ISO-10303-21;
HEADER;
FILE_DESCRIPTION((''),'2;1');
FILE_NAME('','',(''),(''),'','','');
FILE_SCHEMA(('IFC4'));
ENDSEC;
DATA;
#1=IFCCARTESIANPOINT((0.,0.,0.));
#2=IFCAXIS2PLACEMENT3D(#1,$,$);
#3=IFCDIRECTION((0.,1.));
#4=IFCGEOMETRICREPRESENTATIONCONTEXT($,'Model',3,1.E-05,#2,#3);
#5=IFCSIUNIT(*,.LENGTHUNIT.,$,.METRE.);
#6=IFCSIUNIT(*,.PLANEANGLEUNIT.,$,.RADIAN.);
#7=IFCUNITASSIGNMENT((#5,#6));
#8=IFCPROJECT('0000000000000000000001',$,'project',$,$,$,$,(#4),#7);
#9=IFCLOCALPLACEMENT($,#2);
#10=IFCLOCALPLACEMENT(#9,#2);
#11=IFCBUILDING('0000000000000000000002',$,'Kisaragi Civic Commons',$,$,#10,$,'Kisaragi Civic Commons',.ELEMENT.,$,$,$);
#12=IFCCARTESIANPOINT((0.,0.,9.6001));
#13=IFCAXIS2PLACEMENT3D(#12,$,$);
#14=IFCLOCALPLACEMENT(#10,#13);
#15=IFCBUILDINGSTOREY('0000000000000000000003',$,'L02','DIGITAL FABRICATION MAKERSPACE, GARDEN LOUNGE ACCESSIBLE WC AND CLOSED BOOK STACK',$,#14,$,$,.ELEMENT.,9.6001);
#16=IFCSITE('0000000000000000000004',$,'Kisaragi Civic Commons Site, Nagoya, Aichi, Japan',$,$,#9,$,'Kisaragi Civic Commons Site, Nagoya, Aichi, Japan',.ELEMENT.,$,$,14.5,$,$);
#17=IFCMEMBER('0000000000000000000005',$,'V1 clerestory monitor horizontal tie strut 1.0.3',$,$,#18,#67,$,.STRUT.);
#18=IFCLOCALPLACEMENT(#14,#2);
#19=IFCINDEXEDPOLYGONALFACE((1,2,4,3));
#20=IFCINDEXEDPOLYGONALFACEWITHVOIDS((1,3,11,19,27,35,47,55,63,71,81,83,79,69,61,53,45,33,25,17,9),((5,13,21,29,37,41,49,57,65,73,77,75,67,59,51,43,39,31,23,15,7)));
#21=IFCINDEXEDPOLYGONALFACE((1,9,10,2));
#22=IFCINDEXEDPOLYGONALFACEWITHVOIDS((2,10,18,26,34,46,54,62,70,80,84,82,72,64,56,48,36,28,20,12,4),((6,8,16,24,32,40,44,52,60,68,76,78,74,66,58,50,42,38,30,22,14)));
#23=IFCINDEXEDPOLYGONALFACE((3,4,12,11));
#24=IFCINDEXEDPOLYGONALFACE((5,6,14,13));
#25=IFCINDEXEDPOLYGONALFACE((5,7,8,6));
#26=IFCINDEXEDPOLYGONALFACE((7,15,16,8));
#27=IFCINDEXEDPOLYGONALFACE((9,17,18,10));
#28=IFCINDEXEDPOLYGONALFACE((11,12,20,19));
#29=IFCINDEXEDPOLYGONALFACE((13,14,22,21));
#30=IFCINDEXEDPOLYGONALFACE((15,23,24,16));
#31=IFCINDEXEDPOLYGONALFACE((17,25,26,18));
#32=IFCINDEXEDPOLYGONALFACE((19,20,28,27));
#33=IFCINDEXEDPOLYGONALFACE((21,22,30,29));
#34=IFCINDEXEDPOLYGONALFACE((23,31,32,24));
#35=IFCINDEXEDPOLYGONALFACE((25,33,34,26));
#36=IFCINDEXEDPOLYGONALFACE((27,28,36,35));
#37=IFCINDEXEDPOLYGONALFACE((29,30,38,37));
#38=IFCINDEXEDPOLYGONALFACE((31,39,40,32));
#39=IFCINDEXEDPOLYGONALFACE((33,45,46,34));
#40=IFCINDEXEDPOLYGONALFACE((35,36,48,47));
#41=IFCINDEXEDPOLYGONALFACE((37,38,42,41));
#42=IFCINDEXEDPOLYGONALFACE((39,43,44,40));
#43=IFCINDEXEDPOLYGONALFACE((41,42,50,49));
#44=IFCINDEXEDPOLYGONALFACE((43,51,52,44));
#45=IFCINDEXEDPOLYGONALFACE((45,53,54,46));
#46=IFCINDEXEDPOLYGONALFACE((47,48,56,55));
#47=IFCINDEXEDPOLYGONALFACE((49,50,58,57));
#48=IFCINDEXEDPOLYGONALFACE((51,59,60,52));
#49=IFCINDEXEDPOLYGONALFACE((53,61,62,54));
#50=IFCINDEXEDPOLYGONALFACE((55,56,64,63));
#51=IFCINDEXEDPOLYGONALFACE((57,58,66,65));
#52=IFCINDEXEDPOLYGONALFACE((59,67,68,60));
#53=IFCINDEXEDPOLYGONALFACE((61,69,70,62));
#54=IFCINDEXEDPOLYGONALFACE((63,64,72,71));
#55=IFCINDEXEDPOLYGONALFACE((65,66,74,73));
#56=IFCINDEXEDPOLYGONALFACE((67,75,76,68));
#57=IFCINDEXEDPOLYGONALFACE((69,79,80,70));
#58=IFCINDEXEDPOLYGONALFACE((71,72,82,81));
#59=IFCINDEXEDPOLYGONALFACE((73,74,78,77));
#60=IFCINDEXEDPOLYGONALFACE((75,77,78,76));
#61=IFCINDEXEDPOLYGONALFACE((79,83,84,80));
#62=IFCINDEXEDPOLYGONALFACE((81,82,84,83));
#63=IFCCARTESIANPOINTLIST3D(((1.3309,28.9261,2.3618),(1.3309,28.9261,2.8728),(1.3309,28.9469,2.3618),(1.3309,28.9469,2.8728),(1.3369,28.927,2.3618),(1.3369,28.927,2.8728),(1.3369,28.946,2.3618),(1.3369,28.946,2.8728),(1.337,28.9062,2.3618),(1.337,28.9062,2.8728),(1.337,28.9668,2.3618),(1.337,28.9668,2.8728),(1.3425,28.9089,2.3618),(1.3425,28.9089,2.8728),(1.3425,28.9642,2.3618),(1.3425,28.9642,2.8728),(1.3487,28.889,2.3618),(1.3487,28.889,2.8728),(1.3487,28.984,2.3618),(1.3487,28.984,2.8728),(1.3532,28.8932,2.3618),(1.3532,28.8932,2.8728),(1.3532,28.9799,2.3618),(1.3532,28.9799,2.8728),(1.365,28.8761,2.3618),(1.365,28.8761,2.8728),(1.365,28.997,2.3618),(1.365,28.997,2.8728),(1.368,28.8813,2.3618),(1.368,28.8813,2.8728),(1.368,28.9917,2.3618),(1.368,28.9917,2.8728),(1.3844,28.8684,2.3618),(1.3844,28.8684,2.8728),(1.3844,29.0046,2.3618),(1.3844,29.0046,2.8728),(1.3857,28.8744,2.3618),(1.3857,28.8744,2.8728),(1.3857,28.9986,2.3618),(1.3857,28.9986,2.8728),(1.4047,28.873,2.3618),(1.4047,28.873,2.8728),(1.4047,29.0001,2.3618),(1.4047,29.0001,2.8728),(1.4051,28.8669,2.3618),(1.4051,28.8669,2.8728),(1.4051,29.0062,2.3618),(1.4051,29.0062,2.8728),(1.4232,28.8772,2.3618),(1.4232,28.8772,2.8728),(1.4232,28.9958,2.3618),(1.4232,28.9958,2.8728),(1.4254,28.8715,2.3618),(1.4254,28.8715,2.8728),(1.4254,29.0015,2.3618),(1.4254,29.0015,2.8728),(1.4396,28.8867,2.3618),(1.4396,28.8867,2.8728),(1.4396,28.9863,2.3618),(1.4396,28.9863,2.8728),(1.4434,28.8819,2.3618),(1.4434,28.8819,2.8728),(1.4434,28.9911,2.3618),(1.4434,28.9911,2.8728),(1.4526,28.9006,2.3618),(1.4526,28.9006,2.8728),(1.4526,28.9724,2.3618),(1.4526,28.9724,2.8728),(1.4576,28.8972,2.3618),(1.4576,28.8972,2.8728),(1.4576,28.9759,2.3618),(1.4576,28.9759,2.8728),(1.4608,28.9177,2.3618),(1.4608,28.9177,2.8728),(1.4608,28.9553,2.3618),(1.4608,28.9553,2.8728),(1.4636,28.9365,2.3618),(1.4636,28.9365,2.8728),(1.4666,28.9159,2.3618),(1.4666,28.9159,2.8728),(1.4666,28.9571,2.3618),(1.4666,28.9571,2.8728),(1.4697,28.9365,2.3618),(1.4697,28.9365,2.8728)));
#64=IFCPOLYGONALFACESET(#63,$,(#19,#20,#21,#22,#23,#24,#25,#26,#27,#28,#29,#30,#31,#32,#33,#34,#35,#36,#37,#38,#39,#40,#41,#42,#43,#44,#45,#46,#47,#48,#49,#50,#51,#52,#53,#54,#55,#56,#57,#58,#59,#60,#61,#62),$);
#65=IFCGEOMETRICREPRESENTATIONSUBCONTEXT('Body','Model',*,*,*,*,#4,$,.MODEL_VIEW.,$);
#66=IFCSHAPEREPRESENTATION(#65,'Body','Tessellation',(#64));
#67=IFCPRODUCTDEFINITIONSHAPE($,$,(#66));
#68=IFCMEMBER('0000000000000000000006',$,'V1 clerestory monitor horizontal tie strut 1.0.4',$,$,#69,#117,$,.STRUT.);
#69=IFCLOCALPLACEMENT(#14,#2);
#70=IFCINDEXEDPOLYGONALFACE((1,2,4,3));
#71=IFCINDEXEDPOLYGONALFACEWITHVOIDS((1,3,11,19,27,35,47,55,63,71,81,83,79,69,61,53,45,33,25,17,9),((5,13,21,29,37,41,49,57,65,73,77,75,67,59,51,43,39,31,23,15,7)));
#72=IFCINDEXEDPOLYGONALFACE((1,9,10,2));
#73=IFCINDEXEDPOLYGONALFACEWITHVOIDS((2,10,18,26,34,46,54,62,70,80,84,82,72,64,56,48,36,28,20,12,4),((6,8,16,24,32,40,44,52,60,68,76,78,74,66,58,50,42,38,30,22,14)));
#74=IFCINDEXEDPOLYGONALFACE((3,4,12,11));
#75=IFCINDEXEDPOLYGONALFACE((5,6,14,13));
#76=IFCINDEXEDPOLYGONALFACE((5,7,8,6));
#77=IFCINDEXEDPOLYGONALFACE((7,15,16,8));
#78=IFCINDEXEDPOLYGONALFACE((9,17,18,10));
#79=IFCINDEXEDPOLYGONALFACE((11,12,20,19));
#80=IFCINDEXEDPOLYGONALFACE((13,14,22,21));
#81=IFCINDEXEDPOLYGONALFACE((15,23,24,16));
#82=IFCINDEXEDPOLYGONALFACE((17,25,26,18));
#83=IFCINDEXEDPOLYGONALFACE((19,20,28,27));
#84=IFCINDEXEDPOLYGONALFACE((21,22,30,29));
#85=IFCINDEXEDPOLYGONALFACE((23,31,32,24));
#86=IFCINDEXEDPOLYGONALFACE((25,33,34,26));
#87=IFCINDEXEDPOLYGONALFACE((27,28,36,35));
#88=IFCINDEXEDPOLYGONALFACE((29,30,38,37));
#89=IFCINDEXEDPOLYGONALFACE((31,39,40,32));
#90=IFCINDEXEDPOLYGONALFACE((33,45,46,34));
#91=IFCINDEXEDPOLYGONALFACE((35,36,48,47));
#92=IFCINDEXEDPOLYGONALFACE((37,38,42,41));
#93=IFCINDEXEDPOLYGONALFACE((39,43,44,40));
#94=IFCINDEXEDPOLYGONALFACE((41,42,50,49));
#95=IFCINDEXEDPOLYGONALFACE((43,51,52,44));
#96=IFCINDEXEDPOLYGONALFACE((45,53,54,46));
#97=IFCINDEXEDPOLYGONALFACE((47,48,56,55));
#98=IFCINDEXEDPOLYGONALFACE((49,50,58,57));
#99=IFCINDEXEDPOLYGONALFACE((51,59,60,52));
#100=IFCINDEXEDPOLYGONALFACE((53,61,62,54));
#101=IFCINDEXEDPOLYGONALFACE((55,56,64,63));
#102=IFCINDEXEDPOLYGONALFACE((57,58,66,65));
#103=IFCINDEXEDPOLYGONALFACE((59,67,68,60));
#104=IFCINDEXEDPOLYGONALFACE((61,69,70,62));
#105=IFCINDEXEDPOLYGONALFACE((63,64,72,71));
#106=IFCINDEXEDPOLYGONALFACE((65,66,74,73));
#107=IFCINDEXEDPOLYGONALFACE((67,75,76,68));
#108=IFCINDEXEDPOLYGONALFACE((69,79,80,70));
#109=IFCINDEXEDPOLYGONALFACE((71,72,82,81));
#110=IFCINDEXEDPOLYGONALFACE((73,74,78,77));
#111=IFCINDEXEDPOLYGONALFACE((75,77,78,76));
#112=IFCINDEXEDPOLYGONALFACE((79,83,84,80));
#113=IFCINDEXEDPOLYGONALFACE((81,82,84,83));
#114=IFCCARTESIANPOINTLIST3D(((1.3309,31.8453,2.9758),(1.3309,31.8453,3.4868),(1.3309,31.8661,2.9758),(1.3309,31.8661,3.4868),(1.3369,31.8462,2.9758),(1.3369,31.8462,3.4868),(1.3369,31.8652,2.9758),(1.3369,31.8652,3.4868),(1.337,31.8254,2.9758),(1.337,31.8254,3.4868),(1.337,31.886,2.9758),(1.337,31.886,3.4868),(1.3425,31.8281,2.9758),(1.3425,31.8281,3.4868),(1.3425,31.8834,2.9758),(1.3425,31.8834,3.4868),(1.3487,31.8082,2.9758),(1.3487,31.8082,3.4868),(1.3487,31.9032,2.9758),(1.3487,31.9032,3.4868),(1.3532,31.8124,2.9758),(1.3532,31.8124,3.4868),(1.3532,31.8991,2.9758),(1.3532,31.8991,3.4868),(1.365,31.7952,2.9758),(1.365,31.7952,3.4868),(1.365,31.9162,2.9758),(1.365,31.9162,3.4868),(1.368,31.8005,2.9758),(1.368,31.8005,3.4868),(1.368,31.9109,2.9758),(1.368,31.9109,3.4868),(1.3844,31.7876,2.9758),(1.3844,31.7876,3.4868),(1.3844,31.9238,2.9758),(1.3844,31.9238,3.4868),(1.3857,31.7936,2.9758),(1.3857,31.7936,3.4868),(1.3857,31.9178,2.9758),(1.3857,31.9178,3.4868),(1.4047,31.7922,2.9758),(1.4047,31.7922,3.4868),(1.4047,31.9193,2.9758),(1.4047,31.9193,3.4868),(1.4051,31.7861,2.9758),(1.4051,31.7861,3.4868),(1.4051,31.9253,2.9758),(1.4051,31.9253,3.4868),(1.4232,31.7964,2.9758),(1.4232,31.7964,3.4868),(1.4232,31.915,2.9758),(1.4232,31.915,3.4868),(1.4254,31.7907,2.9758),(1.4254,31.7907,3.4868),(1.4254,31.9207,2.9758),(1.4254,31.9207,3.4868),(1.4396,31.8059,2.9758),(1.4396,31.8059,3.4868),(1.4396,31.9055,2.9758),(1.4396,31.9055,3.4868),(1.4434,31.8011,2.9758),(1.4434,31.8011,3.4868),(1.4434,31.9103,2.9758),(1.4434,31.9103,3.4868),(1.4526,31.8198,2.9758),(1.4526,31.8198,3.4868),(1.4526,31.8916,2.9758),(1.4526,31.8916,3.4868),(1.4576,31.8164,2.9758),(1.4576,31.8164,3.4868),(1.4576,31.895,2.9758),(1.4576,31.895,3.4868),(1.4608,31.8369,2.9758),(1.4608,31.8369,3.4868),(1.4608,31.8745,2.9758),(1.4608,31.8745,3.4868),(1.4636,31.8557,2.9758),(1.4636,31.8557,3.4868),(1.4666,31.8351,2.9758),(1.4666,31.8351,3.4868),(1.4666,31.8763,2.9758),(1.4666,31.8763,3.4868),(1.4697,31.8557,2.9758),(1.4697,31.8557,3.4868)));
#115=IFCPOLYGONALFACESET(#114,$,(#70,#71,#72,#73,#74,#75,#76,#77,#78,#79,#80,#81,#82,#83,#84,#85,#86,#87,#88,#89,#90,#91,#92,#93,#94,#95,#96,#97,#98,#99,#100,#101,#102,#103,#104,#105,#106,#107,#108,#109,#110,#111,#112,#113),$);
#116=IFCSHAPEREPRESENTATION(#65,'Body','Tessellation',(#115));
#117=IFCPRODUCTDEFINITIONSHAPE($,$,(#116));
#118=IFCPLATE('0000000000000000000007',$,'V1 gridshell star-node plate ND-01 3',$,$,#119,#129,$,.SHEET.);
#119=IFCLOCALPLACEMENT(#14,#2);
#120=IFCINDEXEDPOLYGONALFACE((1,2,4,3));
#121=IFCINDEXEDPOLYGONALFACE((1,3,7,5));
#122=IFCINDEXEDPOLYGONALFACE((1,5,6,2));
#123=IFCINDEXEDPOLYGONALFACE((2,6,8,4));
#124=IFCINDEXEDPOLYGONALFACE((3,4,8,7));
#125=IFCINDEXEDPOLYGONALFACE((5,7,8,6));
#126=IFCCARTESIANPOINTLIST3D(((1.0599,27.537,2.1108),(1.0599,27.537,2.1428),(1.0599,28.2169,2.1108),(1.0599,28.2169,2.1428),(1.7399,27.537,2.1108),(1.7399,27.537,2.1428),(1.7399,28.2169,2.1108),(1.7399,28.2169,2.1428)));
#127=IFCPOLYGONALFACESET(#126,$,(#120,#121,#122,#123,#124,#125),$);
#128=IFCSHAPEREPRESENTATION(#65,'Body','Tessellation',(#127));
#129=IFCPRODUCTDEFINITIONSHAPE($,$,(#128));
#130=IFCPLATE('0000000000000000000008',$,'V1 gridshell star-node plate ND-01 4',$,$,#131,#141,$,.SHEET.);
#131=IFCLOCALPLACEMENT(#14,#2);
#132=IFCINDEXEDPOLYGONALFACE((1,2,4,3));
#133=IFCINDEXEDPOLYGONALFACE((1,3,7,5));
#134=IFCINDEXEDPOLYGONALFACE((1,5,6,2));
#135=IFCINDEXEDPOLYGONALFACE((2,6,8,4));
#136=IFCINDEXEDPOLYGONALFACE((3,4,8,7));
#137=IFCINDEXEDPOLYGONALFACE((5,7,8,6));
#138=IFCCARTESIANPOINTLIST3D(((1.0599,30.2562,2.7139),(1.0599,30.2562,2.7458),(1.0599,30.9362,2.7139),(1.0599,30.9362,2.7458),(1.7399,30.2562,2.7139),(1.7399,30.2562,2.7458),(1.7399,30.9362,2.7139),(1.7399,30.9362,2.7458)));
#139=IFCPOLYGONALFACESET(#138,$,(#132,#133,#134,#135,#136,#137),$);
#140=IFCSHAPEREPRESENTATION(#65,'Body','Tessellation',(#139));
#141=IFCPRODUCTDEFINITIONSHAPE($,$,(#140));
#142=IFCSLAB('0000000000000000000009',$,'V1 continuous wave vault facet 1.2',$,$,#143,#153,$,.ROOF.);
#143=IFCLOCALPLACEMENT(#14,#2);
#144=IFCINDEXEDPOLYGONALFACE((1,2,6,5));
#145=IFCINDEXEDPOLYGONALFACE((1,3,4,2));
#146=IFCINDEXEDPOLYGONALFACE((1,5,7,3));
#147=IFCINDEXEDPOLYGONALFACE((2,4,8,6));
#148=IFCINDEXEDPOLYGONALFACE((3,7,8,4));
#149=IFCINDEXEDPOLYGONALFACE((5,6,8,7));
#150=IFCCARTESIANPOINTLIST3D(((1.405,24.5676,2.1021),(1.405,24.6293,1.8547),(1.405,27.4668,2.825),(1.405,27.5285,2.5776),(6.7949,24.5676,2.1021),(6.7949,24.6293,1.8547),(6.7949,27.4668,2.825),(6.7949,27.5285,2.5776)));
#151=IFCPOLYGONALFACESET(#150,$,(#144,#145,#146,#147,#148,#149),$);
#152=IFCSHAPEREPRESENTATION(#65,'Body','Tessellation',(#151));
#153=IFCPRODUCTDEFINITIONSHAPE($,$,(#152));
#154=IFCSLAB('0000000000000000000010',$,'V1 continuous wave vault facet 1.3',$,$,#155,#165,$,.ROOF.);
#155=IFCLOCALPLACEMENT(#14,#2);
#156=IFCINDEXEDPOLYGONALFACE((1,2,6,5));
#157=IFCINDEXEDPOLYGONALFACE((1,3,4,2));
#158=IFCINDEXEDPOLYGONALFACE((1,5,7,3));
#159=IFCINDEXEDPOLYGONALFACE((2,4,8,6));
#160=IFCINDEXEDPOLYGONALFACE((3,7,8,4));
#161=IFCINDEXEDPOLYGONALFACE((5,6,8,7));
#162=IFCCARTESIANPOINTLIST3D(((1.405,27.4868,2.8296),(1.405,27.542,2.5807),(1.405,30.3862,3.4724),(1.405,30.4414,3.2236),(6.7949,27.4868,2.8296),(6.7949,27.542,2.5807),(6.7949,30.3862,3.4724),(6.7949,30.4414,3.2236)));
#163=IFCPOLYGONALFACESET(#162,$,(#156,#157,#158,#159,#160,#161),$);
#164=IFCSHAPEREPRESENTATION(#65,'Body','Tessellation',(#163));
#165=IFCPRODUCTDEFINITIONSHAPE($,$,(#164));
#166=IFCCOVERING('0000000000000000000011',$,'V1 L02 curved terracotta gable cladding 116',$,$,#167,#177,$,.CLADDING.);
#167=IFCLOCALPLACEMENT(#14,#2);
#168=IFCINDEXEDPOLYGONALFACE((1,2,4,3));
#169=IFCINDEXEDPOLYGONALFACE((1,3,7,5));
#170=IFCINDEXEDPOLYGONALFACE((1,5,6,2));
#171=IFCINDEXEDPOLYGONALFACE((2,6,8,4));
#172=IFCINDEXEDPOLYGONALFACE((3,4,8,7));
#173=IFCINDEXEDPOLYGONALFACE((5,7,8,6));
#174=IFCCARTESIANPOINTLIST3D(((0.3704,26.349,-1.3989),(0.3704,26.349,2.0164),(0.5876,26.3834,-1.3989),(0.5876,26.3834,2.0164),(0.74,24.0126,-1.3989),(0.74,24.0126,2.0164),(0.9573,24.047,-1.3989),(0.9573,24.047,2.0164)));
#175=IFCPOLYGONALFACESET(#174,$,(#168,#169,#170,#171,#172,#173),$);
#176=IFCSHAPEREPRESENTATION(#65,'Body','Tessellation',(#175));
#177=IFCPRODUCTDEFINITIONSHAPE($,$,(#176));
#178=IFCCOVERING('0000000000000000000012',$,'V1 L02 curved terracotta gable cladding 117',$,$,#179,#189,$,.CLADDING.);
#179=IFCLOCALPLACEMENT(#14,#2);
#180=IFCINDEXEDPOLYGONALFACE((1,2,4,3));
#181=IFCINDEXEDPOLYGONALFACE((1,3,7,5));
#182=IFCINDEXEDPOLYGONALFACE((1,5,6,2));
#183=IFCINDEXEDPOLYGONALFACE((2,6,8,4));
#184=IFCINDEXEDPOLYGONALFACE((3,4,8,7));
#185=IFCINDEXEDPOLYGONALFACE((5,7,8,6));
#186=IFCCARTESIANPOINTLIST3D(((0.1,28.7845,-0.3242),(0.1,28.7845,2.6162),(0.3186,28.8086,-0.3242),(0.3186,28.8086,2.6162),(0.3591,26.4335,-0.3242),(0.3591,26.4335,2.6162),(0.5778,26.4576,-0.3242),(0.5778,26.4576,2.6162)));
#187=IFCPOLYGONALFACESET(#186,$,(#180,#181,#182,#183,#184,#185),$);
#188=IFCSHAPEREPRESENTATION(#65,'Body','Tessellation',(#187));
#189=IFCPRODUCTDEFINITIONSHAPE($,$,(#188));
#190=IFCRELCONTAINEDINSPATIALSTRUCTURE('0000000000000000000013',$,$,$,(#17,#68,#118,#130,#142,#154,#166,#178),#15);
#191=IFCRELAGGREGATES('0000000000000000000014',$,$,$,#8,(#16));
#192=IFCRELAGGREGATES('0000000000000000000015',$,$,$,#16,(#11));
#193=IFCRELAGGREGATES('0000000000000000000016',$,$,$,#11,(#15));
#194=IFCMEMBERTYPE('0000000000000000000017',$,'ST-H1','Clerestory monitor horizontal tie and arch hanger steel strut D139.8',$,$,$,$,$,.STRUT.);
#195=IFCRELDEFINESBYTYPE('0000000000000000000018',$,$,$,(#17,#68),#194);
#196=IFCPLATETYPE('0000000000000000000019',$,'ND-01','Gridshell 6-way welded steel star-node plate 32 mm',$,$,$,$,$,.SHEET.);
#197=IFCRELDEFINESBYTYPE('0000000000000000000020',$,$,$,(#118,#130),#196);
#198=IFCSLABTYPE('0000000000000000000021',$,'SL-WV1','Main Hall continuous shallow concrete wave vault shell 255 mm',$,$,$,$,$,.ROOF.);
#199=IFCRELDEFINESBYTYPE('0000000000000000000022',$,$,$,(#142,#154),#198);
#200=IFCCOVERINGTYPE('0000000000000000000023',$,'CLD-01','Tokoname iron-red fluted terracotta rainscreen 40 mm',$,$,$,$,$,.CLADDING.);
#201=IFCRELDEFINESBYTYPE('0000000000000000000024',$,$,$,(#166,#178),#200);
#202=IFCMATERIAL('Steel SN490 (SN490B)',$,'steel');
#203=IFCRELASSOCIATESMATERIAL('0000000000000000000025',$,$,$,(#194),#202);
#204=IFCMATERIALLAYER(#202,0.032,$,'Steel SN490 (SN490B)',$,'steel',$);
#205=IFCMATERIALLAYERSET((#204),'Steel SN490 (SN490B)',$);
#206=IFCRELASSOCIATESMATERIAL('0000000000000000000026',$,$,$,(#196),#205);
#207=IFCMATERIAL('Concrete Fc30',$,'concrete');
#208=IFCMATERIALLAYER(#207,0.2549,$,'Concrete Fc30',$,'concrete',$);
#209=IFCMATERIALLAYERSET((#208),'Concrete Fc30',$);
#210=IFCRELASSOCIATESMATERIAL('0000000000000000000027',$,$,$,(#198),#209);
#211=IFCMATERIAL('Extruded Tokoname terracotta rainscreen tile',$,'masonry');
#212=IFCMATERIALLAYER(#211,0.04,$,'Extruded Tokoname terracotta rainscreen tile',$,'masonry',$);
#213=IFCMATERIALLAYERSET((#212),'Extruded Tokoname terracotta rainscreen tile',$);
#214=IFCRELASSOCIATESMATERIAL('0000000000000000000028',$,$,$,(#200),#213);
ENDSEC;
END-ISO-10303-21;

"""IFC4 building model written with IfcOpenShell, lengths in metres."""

from ifc_helpers import new_model, si_unit, direction, frame, origin, origin_2d, place, context, subcontext, project, spatial, polyline, rectangle, hollow_circle, outline, extrude, material, layer, layer_set, material_profile, profile_set, type_object, element, save


model = new_model("IFC4")

# Units and contexts
model_context = context("Model", 3, precision=1e-05, world=origin(), true_north=direction((0.0, 1.0)))
body_context = subcontext(model_context, "Body", "Model", "MODEL_VIEW")
ifc_project = project(units=[si_unit("LENGTHUNIT", "METRE"), si_unit("PLANEANGLEUNIT", "RADIAN")], contexts=[model_context])

# Site, building, storey
site_placement = place(None, origin())
site = spatial("IfcSite", under=ifc_project, at=site_placement, Name="Kisaragi Civic Commons Site, Nagoya, Aichi, Japan", LongName="Kisaragi Civic Commons Site, Nagoya, Aichi, Japan", CompositionType="ELEMENT", RefElevation=14.5)
building_placement = place(site_placement, origin())
building = spatial("IfcBuilding", under=site, at=building_placement, Name="Kisaragi Civic Commons", LongName="Kisaragi Civic Commons", CompositionType="ELEMENT")
storey_placement = place(building_placement, frame((0.0, 0.0, 9.6001)))
storey = spatial("IfcBuildingStorey", under=building, at=storey_placement, Name="L02", Description="DIGITAL FABRICATION MAKERSPACE, GARDEN LOUNGE ACCESSIBLE WC AND CLOSED BOOK STACK", CompositionType="ELEMENT", Elevation=9.6001)

# Members
ifc_material_1 = material(Name="Steel SN490 (SN490B)", Category="steel")
ifc_material_profile_1 = material_profile(ifc_material_1, hollow_circle(Radius=0.0698, WallThickness=0.0061, at=origin_2d()), Name="CHS-139.8x6.0", Category="steel")
ifc_profile_set_1 = profile_set([ifc_material_profile_1], Name="Steel SN490 (SN490B)")
member_type_1 = type_object("IfcMemberType", Name="ST-H1", Description="Clerestory monitor horizontal tie and arch hanger steel strut D139.8", PredefinedType="STRUT", material=ifc_profile_set_1)
for number, where, z_axis, x_axis, name in (
    (1, (1.3999, 28.9365, 2.3618), (0.0, 0.0, 1.0), (1.0, 0.0, 0.0), "V1 clerestory monitor horizontal tie strut 1.0.3"),
    (2, (1.3999, 31.8557, 2.9758), (0.0, 0.0, 1.0), (1.0, 0.0, 0.0), "V1 clerestory monitor horizontal tie strut 1.0.4"),
):
    element("IfcMember", number, at=place(storey_placement, frame(where, z_axis=z_axis, x_axis=x_axis)), inside=storey, type_object=member_type_1, Name=name, PredefinedType="STRUT", context=body_context, shape_type="SweptSolid", body=[
        extrude(hollow_circle(Radius=0.0698, WallThickness=0.0061, at=origin_2d()), origin(), (0.0, 0.0, 1.0), 0.511),
    ])

# Plates
ifc_layer_1 = layer(ifc_material_1, 0.032, Name="Steel SN490 (SN490B)", Category="steel")
ifc_layer_set_1 = layer_set([ifc_layer_1], Name="Steel SN490 (SN490B)")
plate_type = type_object("IfcPlateType", Name="ND-01", Description="Gridshell 6-way welded steel star-node plate 32 mm", PredefinedType="SHEET", material=ifc_layer_set_1)
for number, where, z_axis, x_axis, name in (
    (3, (1.3999, 27.877, 2.1108), (0.0, 0.0, 1.0), (1.0, 0.0, 0.0), "V1 gridshell star-node plate ND-01 3"),
    (4, (1.3999, 30.5962, 2.7139), (0.0, 0.0, 1.0), (1.0, 0.0, 0.0), "V1 gridshell star-node plate ND-01 4"),
):
    element("IfcPlate", number, at=place(storey_placement, frame(where, z_axis=z_axis, x_axis=x_axis)), inside=storey, type_object=plate_type, Name=name, PredefinedType="SHEET", context=body_context, shape_type="SweptSolid", body=[
        extrude(rectangle(XDim=0.6799, YDim=0.6799, at=origin_2d()), origin(), (0.0, 0.0, 1.0), 0.032),
    ])

# Slabs
ifc_material_2 = material(Name="Concrete Fc30", Category="concrete")
ifc_layer_2 = layer(ifc_material_2, 0.2549, Name="Concrete Fc30", Category="concrete")
ifc_layer_set_2 = layer_set([ifc_layer_2], Name="Concrete Fc30")
slab_type = type_object("IfcSlabType", Name="SL-WV1", Description="Main Hall continuous shallow concrete wave vault shell 255 mm", PredefinedType="ROOF", material=ifc_layer_set_2)
slab_1_placement = place(storey_placement, frame((6.7949, 27.4668, 2.825), z_axis=(0.0, -0.24194, 0.970291), x_axis=(-1.0, 0.0, 0.0)))
element("IfcSlab", 5, at=slab_1_placement, inside=storey, type_object=slab_type, Name="V1 continuous wave vault facet 1.2", PredefinedType="ROOF", context=body_context, shape_type="SweptSolid", body=[
    extrude(outline(polyline([(0.0, 0.0), (5.3899, 0.0), (5.3899, 2.9879), (0.0, 2.9879), (0.0, 0.0)])), origin(), (0.0, 0.0, -1.0), 0.2549),
])
slab_2_placement = place(storey_placement, frame((6.7949, 30.3862, 3.4724), z_axis=(0.0, -0.216452, 0.976293), x_axis=(-1.0, 0.0, 0.0)))
element("IfcSlab", 6, at=slab_2_placement, inside=storey, type_object=slab_type, Name="V1 continuous wave vault facet 1.3", PredefinedType="ROOF", context=body_context, shape_type="SweptSolid", body=[
    extrude(outline(polyline([(0.0, 0.0), (5.3899, 0.0), (5.3899, 2.9698), (0.0, 2.9698), (0.0, 0.0)])), origin(), (0.0, 0.0, -1.0), 0.2549),
])

# Coverings
ifc_material_3 = material(Name="Extruded Tokoname terracotta rainscreen tile", Category="masonry")
ifc_layer_3 = layer(ifc_material_3, 0.04, Name="Extruded Tokoname terracotta rainscreen tile", Category="masonry")
ifc_layer_set_3 = layer_set([ifc_layer_3], Name="Extruded Tokoname terracotta rainscreen tile")
covering_type = type_object("IfcCoveringType", Name="CLD-01", Description="Tokoname iron-red fluted terracotta rainscreen 40 mm", PredefinedType="CLADDING", material=ifc_layer_set_3)
covering_1_placement = place(storey_placement, frame((0.6638, 25.198, -1.3989), z_axis=(0.0, 0.0, 1.0), x_axis=(-0.156262, 0.987716, 0.0)))
element("IfcCovering", 7, at=covering_1_placement, inside=storey, type_object=covering_type, Name="V1 L02 curved terracotta gable cladding 116", PredefinedType="CLADDING", context=body_context, shape_type="SweptSolid", body=[
    extrude(rectangle(XDim=2.3655, YDim=0.22, at=origin_2d()), origin(), (0.0, 0.0, 1.0), 3.4153),
])
covering_2_placement = place(storey_placement, frame((0.3389, 27.6211, -0.3242), z_axis=(0.0, 0.0, 1.0), x_axis=(-0.109561, 0.99398, 0.0)))
element("IfcCovering", 8, at=covering_2_placement, inside=storey, type_object=covering_type, Name="V1 L02 curved terracotta gable cladding 117", PredefinedType="CLADDING", context=body_context, shape_type="SweptSolid", body=[
    extrude(rectangle(XDim=2.3652, YDim=0.22, at=origin_2d()), origin(), (0.0, 0.0, 1.0), 2.9404),
])

save(model, "model.ifc")
